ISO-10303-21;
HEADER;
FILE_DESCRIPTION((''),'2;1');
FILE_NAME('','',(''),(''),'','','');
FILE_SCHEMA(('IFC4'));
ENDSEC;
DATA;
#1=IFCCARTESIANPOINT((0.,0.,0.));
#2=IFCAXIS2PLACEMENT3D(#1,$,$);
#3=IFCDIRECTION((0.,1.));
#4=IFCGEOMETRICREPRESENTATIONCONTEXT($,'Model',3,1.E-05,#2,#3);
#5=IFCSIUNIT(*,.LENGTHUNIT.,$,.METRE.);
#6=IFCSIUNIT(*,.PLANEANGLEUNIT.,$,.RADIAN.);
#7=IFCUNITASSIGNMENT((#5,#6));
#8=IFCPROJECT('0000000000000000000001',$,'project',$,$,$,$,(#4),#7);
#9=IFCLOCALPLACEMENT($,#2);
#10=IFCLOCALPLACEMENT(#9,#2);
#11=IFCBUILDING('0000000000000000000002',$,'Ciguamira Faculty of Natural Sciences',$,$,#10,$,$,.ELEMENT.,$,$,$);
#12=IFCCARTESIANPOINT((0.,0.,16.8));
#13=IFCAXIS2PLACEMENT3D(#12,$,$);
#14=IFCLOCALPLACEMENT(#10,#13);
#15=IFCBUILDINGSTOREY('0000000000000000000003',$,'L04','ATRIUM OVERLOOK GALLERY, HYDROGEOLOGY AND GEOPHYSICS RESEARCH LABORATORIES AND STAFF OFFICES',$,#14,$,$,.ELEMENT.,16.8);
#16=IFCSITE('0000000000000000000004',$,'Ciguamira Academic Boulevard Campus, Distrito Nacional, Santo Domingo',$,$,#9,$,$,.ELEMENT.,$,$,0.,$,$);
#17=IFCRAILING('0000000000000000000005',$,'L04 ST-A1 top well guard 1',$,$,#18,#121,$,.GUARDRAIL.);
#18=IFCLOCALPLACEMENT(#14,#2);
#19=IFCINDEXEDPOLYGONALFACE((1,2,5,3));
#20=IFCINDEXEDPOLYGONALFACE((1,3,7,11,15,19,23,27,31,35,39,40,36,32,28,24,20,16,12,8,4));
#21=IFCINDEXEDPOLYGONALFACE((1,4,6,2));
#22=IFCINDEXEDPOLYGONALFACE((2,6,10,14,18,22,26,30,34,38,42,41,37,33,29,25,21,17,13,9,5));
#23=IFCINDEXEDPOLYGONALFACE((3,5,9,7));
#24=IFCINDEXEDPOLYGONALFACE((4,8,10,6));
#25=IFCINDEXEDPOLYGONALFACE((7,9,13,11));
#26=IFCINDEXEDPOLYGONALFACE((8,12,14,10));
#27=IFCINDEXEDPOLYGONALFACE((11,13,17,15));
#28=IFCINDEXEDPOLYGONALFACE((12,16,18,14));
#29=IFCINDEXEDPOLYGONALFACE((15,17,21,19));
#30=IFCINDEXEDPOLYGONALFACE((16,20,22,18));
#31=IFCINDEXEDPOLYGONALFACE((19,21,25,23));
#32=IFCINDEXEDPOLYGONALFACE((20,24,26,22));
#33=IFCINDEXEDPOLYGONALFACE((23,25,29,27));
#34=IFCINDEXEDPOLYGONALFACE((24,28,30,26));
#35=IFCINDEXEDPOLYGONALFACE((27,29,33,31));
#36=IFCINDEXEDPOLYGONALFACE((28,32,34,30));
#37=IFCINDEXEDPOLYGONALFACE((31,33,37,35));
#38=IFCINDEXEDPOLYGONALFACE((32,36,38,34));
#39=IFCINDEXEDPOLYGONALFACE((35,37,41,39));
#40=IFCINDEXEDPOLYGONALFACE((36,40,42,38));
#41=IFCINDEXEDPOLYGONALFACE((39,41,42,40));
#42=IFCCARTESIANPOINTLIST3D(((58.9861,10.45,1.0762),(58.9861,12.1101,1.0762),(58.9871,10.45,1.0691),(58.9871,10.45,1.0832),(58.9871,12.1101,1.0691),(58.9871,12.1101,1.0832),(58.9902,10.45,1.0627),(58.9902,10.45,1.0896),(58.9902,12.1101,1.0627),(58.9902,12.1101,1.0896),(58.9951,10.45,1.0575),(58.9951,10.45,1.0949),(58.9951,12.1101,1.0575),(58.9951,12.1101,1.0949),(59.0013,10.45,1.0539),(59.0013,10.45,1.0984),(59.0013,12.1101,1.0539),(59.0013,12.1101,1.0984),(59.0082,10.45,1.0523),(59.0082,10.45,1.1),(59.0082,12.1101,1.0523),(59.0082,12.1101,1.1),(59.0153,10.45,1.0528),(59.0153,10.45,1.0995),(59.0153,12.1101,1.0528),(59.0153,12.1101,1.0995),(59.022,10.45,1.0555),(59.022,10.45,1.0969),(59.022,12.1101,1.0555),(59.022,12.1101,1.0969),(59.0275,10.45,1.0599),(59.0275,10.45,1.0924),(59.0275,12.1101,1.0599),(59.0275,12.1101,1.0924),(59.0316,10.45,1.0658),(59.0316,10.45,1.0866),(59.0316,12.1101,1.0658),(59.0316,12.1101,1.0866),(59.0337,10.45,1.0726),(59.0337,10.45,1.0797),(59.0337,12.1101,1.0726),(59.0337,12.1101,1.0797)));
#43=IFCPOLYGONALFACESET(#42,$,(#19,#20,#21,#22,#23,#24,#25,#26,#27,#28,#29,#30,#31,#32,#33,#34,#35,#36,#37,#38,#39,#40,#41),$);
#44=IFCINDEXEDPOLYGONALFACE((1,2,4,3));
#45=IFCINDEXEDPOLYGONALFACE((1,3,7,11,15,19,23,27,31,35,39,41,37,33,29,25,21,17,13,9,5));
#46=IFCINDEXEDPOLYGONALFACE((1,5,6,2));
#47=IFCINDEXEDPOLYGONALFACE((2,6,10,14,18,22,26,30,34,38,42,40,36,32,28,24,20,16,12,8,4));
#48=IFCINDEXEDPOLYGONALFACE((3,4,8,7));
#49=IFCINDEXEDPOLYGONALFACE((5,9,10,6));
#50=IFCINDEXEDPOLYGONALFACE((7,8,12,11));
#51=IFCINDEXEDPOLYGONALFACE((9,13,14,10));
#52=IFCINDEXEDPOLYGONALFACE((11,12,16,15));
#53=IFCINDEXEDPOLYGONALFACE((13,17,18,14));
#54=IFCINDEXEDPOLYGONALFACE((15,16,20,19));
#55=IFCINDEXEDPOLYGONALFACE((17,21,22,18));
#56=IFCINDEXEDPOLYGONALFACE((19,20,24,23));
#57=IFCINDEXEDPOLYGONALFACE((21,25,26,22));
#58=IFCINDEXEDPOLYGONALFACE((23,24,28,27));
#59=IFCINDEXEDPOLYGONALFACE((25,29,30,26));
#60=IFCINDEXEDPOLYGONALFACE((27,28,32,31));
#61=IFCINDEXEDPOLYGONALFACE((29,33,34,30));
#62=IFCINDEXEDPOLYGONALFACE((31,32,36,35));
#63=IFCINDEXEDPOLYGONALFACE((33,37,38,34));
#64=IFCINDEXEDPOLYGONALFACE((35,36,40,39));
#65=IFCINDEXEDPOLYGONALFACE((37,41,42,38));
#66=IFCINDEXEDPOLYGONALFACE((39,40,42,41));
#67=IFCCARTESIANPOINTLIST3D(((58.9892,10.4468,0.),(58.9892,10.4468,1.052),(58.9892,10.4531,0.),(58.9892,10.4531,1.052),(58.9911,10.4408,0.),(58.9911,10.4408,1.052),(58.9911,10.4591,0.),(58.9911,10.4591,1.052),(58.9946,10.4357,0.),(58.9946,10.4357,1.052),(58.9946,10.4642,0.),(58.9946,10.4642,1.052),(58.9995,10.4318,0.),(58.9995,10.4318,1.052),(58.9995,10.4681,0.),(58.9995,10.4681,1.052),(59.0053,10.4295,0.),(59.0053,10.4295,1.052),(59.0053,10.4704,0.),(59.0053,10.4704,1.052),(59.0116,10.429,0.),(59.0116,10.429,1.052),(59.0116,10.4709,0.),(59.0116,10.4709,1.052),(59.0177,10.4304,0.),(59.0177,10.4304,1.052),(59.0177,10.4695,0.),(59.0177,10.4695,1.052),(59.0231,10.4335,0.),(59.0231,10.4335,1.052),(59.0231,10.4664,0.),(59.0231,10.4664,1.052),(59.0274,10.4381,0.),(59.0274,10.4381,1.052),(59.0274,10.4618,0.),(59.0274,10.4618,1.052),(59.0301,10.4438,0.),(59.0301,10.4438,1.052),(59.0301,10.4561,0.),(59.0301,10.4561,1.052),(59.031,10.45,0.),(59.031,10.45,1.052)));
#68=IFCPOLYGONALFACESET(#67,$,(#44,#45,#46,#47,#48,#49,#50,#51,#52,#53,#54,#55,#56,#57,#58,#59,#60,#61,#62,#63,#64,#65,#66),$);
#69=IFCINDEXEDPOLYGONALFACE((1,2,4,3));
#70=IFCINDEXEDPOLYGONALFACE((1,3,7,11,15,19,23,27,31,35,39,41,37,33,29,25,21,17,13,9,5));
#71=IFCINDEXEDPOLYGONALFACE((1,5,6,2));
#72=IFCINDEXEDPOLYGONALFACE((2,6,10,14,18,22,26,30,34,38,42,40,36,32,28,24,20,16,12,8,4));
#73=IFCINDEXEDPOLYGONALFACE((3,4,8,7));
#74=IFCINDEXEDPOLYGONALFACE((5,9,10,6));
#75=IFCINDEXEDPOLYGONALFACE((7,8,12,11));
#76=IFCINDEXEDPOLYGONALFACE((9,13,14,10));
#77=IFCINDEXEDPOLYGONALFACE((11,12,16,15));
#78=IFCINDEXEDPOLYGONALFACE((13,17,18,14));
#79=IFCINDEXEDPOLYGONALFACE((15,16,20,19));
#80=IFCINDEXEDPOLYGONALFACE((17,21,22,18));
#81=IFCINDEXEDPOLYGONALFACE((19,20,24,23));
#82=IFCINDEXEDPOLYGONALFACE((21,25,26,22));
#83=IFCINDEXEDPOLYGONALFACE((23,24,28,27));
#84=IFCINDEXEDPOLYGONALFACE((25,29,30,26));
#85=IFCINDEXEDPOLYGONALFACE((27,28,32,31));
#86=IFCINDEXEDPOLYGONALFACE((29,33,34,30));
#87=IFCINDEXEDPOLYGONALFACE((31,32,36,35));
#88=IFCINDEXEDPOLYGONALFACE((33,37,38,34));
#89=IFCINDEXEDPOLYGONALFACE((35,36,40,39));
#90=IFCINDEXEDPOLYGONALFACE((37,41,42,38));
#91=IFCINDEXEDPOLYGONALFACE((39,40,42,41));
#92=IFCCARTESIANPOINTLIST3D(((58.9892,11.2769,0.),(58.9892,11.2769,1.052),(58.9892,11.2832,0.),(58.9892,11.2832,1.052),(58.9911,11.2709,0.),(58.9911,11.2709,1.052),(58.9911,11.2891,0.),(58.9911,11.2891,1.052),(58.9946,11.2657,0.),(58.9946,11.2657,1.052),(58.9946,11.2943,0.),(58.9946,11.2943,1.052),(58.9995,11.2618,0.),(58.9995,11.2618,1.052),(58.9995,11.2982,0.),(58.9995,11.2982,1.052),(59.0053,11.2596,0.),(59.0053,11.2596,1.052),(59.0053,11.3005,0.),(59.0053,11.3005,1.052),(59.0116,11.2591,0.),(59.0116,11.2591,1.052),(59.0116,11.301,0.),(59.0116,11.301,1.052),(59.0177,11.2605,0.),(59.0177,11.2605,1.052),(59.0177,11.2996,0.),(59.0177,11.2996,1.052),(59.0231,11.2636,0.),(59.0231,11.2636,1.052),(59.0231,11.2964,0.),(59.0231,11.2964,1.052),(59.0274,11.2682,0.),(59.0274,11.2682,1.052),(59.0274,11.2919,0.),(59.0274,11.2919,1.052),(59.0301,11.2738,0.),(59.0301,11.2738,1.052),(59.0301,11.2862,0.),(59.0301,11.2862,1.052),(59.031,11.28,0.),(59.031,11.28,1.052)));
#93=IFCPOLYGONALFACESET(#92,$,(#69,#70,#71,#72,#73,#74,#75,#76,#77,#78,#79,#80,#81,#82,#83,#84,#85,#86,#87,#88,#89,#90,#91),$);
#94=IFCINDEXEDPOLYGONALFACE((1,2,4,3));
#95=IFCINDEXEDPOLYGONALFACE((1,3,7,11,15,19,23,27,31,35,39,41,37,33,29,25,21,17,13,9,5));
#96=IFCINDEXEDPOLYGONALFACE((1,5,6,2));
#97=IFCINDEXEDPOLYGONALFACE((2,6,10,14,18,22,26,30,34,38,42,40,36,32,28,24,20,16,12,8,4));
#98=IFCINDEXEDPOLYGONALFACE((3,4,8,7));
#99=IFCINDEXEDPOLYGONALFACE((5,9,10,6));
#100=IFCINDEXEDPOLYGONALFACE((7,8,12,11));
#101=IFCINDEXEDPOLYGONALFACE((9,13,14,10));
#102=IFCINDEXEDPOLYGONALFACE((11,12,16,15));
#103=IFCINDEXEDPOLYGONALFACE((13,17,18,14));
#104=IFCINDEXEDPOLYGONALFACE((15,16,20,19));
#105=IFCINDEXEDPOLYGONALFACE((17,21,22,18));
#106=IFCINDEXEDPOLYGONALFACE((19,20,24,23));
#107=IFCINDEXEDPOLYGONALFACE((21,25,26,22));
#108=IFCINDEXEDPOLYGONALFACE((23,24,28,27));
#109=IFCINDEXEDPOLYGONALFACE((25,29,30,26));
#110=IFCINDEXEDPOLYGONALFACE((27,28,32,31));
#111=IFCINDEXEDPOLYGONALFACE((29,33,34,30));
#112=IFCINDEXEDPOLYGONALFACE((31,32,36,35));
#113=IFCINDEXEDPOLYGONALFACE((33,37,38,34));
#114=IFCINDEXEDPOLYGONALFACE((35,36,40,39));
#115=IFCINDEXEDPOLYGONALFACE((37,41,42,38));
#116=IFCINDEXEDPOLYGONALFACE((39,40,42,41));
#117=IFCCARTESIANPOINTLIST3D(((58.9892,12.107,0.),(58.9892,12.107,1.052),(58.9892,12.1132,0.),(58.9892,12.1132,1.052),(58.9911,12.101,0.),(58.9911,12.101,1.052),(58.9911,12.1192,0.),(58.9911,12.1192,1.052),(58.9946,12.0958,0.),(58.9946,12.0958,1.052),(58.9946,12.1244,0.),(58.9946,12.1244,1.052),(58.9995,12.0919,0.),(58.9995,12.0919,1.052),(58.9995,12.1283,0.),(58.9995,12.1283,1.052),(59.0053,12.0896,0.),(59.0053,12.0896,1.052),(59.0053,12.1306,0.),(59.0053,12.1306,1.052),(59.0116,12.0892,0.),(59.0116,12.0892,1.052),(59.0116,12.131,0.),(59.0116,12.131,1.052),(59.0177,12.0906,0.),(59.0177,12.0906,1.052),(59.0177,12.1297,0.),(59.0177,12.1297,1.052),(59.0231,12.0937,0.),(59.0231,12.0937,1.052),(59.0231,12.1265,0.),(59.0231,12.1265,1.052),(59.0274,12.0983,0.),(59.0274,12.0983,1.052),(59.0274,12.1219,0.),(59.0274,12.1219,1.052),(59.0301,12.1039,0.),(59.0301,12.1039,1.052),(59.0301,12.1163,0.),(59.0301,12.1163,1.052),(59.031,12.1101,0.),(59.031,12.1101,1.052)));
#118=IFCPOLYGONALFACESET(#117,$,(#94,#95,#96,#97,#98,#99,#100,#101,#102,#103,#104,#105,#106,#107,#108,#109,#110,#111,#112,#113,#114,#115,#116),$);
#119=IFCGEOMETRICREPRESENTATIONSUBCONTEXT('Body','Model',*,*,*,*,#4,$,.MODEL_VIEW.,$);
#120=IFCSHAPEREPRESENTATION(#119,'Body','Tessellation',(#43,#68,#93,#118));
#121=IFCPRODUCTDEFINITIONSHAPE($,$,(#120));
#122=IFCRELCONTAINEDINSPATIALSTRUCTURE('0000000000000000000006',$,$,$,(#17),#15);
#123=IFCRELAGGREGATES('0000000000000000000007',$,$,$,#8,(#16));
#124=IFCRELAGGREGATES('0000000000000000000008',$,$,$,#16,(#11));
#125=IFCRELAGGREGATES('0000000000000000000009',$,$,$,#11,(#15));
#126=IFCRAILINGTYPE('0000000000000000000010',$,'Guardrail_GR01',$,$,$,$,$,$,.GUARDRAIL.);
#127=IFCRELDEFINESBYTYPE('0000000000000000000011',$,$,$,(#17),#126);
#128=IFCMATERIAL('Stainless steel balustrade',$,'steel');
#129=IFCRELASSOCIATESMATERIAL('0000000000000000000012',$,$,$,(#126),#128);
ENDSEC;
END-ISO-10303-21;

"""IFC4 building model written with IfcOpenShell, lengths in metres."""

from ifc_helpers import new_model, si_unit, direction, frame, origin, origin_2d, place, context, subcontext, project, spatial, circle, extrude, material, type_object, element, save


model = new_model("IFC4")

# Units and contexts
model_context = context("Model", 3, precision=1e-05, world=origin(), true_north=direction((0.0, 1.0)))
body_context = subcontext(model_context, "Body", "Model", "MODEL_VIEW")
ifc_project = project(units=[si_unit("LENGTHUNIT", "METRE"), si_unit("PLANEANGLEUNIT", "RADIAN")], contexts=[model_context])

# Site, building, storey
site_placement = place(None, origin())
site = spatial("IfcSite", under=ifc_project, at=site_placement, Name="Ciguamira Academic Boulevard Campus, Distrito Nacional, Santo Domingo", CompositionType="ELEMENT", RefElevation=0.0)
building_placement = place(site_placement, origin())
building = spatial("IfcBuilding", under=site, at=building_placement, Name="Ciguamira Faculty of Natural Sciences", CompositionType="ELEMENT")
storey_placement = place(building_placement, frame((0.0, 0.0, 16.8)))
storey = spatial("IfcBuildingStorey", under=building, at=storey_placement, Name="L04", Description="ATRIUM OVERLOOK GALLERY, HYDROGEOLOGY AND GEOPHYSICS RESEARCH LABORATORIES AND STAFF OFFICES", CompositionType="ELEMENT", Elevation=16.8)

# Railing
ifc_material_1 = material(Name="Stainless steel balustrade", Category="steel")
railing_type = type_object("IfcRailingType", Name="Guardrail_GR01", PredefinedType="GUARDRAIL", material=ifc_material_1)
railing_1_placement = place(storey_placement, frame((59.01, 10.45, 0.0)))
element("IfcRailing", 1, at=railing_1_placement, inside=storey, type_object=railing_type, Name="L04 ST-A1 top well guard 1", PredefinedType="GUARDRAIL", context=body_context, shape_type="SweptSolid", body=[
    extrude(circle(Radius=0.0239, at=origin_2d()), frame((0.0, 0.0, 1.0762), z_axis=(0.0, 1.0, 0.0), x_axis=(-1.0, 0.0, 0.0)), (0.0, 0.0, 1.0), 1.6602),
    extrude(circle(Radius=0.021, at=origin_2d()), origin(), (0.0, 0.0, 1.0), 1.052),
    extrude(circle(Radius=0.021, at=origin_2d()), frame((0.0, 0.8301, 0.0)), (0.0, 0.0, 1.0), 1.052),
    extrude(circle(Radius=0.021, at=origin_2d()), frame((0.0, 1.6602, 0.0)), (0.0, 0.0, 1.0), 1.052),
])

save(model, "model.ifc")
